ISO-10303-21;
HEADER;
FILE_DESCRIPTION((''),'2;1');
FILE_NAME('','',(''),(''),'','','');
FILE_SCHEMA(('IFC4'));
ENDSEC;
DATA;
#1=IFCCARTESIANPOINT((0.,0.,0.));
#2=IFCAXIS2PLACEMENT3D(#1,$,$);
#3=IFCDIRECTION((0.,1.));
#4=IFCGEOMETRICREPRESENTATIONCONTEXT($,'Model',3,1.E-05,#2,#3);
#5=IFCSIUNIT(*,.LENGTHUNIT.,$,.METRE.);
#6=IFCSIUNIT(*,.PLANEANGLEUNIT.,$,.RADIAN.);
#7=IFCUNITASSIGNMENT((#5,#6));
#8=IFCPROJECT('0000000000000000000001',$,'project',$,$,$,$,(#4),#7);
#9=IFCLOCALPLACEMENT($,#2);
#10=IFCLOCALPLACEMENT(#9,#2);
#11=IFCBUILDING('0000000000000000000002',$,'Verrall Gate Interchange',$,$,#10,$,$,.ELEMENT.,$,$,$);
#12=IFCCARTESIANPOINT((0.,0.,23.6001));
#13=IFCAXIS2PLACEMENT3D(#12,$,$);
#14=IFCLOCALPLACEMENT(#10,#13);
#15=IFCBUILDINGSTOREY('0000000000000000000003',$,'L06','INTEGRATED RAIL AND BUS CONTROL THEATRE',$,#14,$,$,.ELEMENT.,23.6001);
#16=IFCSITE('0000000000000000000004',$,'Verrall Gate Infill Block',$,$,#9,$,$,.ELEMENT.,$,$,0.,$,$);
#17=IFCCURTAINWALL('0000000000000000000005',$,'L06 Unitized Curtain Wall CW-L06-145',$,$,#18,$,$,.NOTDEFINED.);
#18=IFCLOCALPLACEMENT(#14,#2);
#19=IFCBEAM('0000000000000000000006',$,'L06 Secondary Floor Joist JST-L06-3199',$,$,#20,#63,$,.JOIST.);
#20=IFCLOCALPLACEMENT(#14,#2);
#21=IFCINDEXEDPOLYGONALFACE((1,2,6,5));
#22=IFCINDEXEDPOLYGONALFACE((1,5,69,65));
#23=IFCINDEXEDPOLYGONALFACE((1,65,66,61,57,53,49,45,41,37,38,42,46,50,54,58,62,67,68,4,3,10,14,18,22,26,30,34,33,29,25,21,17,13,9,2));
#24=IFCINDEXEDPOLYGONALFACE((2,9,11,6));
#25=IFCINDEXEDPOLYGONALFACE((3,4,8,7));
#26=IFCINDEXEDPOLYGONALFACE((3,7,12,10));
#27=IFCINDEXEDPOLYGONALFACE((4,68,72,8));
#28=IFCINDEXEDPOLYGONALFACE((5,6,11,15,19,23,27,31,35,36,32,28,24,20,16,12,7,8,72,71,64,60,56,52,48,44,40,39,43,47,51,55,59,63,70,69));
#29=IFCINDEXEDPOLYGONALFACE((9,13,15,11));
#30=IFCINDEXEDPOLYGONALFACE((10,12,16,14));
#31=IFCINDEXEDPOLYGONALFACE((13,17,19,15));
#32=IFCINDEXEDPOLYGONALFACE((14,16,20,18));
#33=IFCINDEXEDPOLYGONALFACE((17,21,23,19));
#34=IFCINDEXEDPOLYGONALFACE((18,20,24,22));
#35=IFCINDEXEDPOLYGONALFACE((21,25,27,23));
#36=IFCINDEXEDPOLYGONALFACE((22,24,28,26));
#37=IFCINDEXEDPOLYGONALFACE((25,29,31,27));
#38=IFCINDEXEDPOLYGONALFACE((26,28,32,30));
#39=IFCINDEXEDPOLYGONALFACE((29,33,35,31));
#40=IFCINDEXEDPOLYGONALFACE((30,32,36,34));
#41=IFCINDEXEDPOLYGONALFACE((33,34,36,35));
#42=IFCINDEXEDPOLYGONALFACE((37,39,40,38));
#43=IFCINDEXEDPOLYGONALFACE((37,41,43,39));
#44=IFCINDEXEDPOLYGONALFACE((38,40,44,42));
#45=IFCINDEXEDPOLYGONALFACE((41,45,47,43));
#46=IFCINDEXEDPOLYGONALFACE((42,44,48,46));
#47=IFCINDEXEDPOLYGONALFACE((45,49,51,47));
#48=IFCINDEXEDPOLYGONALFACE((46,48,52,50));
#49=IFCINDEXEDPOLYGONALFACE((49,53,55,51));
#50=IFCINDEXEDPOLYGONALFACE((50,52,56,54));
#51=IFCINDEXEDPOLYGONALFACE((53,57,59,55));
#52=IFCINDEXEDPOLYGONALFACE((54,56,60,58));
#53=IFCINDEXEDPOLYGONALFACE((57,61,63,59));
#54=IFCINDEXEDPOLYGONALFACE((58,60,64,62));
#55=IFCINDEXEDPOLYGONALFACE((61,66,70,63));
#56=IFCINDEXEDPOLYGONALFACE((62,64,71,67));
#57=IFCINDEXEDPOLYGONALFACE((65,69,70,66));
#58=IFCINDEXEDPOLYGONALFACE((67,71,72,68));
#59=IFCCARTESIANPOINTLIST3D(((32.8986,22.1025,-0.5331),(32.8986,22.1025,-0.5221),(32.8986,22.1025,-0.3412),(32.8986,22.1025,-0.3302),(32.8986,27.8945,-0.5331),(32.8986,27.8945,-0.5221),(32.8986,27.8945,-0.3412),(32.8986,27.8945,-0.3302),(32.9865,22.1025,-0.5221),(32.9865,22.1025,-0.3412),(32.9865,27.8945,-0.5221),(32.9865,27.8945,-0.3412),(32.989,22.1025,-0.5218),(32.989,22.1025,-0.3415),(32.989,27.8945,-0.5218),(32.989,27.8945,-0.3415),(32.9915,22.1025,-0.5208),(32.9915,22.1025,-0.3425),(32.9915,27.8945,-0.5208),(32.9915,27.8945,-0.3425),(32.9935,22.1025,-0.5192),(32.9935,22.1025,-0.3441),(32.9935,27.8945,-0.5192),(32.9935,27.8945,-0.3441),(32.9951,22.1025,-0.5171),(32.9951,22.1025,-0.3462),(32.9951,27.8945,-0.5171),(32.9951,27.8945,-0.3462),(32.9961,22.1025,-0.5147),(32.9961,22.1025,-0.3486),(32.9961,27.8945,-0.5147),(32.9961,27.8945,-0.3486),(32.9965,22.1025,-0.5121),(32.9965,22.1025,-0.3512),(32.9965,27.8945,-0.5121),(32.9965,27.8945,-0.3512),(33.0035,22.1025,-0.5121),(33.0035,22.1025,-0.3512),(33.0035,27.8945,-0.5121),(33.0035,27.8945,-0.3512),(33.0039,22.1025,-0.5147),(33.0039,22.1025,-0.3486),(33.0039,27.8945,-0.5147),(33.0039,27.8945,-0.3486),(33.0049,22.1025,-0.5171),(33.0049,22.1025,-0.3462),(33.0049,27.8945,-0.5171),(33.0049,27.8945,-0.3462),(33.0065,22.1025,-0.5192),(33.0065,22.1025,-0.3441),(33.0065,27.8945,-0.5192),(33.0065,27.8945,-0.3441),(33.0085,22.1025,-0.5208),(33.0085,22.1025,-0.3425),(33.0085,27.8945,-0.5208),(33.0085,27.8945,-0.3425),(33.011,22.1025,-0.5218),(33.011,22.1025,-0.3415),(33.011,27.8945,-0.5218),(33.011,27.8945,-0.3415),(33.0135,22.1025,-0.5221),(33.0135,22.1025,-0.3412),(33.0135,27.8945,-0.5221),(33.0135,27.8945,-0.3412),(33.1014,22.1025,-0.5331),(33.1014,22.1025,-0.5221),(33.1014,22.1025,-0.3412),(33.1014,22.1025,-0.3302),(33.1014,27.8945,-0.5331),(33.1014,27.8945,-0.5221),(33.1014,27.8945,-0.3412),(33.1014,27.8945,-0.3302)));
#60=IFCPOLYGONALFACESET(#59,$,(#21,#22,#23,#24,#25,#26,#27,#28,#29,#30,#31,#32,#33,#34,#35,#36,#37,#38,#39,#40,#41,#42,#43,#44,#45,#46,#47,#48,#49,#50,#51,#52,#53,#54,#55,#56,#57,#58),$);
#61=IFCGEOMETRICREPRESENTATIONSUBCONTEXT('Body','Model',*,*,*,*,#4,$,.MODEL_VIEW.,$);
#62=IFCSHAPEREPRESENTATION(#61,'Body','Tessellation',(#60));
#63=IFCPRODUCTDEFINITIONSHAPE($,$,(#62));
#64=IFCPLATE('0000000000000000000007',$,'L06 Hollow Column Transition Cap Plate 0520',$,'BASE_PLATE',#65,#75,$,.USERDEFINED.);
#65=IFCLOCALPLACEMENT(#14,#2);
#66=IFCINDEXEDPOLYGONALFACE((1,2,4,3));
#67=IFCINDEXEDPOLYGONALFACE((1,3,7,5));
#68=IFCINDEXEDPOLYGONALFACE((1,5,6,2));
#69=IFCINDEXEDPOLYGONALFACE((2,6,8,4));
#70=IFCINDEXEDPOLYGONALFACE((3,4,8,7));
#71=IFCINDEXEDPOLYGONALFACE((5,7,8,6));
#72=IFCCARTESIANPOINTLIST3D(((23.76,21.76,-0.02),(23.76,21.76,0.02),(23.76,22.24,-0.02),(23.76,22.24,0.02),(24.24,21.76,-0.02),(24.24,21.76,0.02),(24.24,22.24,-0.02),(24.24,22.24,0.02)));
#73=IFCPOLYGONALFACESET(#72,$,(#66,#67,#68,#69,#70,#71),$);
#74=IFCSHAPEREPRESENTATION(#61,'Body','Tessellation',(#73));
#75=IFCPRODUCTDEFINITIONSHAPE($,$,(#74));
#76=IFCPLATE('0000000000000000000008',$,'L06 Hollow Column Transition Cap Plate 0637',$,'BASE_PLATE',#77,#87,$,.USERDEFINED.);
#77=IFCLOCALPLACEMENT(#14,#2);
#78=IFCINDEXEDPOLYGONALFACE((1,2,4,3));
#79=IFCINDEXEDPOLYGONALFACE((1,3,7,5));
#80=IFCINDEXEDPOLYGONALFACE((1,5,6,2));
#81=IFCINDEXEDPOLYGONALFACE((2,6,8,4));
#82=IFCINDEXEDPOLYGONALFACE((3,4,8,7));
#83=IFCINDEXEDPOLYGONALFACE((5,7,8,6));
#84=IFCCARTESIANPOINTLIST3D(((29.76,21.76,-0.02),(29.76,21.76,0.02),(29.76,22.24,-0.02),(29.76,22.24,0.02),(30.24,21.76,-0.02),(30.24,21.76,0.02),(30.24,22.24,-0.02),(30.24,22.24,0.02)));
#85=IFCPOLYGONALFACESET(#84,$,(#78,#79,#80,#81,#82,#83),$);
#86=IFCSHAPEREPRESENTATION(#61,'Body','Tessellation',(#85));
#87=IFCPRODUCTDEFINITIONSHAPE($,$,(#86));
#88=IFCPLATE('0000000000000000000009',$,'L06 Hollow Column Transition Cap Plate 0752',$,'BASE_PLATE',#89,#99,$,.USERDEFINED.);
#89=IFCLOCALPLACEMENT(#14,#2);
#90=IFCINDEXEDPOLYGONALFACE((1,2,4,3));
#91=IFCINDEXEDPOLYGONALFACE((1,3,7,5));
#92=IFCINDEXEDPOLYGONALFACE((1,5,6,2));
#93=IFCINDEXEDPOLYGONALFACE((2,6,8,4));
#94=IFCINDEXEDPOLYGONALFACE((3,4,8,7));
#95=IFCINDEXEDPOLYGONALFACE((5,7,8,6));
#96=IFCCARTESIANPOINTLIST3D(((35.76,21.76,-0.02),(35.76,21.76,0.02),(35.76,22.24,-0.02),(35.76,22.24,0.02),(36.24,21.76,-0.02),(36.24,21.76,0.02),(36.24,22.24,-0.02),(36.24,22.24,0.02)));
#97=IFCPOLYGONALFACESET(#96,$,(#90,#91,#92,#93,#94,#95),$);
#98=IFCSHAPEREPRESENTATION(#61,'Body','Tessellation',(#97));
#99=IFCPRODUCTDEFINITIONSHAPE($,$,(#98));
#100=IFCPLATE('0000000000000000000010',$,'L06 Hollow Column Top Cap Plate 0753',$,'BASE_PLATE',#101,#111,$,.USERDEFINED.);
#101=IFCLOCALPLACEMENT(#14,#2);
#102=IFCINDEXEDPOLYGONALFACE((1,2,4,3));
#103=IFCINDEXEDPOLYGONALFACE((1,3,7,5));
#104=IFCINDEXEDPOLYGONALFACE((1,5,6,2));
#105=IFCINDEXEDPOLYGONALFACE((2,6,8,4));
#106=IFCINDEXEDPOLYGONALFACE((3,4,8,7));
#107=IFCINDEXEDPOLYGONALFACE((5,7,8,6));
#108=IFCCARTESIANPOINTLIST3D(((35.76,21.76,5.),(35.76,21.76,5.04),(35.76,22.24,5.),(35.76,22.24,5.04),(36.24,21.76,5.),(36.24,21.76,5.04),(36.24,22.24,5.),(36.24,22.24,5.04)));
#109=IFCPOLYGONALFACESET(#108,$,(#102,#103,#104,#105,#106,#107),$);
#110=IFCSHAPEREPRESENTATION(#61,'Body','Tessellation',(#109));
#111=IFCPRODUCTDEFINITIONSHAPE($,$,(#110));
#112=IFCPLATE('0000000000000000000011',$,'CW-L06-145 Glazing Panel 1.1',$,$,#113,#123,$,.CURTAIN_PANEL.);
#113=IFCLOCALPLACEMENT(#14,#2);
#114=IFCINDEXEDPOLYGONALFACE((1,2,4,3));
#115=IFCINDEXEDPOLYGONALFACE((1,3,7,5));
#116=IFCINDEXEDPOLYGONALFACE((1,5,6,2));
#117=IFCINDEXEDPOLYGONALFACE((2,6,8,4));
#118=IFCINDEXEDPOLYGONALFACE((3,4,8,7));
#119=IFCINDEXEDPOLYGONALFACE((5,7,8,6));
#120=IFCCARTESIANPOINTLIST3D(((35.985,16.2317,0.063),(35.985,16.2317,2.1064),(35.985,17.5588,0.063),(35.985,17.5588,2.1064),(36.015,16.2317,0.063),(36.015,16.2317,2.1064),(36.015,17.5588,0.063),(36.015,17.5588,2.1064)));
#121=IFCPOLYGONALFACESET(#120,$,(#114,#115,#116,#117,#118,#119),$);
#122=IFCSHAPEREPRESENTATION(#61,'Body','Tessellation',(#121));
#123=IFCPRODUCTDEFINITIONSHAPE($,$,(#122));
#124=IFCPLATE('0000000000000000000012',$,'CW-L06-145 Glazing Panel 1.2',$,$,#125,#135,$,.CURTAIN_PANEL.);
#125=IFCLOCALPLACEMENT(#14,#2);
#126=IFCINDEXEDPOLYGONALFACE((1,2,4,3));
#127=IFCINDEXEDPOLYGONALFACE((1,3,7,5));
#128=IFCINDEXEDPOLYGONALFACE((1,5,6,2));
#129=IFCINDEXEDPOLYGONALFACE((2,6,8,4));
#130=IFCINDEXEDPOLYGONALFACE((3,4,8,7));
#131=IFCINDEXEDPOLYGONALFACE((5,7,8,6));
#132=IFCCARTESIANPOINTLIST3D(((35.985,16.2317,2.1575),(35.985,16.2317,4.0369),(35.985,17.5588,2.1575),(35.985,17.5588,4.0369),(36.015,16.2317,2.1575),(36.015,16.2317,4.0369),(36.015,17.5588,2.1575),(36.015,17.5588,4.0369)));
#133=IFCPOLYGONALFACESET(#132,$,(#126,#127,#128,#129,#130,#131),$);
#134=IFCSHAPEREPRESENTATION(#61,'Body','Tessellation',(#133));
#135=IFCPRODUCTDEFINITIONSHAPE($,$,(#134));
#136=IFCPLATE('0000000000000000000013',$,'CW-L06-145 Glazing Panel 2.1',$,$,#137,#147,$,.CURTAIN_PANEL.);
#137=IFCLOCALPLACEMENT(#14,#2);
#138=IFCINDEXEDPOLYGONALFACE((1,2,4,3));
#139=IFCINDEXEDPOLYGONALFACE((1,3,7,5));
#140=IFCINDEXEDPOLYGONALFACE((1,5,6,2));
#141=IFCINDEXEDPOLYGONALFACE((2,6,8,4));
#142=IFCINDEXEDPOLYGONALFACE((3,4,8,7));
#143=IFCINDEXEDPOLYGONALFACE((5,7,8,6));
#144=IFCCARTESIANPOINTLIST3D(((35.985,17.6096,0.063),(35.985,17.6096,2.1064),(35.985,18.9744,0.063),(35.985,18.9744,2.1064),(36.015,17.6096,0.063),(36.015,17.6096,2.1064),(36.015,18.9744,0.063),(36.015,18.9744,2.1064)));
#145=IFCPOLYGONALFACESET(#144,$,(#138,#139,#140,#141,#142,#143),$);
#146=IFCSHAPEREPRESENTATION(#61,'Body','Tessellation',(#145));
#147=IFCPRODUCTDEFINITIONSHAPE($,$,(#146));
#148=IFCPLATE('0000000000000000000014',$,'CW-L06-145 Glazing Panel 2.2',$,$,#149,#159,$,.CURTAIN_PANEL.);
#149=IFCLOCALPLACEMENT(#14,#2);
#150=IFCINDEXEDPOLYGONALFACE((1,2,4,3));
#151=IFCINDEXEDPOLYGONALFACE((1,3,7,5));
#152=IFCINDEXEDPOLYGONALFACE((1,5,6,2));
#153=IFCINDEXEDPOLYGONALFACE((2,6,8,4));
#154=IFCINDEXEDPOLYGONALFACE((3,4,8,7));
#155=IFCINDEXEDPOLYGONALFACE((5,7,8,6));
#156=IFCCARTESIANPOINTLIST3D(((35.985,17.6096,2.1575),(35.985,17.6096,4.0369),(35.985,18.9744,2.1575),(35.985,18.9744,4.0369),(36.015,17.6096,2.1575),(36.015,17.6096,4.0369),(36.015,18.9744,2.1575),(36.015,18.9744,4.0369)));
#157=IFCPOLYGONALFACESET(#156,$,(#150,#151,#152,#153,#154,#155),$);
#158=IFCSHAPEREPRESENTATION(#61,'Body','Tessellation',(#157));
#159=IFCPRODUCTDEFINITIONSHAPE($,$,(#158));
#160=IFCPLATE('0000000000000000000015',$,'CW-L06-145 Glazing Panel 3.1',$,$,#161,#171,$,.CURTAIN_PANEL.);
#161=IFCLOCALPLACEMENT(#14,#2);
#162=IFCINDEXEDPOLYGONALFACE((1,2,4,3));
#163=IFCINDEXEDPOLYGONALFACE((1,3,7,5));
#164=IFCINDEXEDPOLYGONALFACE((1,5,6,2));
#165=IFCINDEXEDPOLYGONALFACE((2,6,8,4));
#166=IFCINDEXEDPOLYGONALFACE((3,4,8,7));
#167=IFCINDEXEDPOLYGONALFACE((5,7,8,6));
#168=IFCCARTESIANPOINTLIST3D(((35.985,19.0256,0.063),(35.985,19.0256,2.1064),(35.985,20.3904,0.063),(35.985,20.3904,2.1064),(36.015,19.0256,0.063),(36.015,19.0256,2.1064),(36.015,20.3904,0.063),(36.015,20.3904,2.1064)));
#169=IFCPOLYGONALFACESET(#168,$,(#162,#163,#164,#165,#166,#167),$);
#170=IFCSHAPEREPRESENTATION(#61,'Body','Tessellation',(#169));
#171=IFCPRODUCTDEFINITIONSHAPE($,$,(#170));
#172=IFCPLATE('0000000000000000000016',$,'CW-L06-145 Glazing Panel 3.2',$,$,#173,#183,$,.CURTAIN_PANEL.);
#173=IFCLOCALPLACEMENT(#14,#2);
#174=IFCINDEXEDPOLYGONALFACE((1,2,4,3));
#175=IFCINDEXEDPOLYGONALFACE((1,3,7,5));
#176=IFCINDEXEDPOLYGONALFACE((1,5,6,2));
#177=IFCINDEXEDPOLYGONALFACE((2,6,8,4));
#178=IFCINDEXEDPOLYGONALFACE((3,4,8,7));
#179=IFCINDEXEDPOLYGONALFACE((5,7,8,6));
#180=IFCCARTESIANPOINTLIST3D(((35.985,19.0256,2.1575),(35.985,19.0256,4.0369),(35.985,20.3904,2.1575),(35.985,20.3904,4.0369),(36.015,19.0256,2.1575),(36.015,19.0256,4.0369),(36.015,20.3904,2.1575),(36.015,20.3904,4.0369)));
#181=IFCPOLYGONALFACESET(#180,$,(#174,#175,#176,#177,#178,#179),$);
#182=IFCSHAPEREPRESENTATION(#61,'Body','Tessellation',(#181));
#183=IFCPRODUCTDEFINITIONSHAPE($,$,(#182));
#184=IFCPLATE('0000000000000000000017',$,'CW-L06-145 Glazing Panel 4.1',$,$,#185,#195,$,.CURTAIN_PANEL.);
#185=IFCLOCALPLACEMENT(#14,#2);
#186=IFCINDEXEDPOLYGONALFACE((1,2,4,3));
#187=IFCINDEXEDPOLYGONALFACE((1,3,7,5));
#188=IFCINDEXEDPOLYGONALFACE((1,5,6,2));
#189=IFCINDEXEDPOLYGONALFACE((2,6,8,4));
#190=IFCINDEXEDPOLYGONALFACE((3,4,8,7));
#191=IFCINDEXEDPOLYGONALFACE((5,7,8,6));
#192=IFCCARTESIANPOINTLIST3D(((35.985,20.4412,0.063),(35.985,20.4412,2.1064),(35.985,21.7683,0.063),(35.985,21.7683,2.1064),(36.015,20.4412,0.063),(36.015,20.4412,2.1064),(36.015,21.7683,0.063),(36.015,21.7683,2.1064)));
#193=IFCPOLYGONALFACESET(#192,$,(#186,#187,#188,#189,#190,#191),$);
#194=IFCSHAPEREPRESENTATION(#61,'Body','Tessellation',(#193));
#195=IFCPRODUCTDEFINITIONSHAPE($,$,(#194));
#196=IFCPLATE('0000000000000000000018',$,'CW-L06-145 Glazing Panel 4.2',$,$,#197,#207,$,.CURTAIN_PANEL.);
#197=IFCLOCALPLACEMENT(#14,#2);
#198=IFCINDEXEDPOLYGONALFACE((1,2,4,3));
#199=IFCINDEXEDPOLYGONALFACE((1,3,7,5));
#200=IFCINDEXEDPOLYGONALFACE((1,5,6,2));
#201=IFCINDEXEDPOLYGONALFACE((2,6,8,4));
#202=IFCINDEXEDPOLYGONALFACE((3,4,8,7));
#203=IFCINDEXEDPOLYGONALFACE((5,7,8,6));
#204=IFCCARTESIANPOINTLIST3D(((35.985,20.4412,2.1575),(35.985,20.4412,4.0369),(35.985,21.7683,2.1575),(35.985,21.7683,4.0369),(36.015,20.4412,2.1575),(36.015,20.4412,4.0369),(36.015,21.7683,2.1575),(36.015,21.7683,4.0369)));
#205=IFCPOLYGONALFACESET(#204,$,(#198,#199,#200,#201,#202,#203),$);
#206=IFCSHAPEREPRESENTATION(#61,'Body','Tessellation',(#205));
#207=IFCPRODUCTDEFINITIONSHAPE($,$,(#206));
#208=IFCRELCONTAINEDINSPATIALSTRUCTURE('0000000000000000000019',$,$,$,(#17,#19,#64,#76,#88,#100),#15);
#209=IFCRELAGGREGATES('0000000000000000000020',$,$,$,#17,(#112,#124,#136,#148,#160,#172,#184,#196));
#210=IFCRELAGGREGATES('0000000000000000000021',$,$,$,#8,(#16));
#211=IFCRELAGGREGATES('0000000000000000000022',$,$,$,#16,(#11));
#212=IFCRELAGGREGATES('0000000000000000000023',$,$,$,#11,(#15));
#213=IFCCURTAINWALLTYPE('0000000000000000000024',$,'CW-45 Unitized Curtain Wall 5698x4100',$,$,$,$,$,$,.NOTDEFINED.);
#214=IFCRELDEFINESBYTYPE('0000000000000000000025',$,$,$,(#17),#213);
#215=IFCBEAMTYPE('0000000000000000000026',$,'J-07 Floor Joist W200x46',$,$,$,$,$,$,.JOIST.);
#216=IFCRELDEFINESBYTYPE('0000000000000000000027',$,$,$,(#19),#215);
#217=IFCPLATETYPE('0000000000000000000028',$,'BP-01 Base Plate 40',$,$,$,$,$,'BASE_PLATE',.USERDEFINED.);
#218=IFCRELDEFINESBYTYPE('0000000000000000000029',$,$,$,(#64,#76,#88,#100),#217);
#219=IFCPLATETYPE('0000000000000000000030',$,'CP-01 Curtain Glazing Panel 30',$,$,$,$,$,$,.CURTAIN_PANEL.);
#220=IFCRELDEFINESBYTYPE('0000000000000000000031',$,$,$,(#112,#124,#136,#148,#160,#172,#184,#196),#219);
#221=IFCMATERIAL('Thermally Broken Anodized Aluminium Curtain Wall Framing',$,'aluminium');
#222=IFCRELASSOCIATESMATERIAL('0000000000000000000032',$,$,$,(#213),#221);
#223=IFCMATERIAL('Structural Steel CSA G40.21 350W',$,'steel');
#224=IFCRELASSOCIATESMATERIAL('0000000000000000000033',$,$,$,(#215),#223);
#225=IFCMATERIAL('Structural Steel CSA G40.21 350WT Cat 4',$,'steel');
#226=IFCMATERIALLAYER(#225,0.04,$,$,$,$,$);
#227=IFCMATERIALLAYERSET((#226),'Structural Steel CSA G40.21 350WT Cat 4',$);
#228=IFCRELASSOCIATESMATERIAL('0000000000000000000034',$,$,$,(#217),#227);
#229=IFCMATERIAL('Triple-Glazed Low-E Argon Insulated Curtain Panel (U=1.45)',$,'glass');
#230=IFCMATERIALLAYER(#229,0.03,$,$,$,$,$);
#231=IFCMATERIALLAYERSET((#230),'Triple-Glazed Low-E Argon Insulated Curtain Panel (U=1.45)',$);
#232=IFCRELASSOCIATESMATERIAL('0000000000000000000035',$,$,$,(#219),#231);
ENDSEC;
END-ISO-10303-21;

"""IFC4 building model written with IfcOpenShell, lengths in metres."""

from ifc_helpers import new_model, si_unit, direction, frame, origin, origin_2d, place, context, subcontext, project, spatial, rectangle, i_section, extrude, material, layer, layer_set, material_profile, profile_set, type_object, element, aggregate, save


model = new_model("IFC4")

# Units and contexts
model_context = context("Model", 3, precision=1e-05, world=origin(), true_north=direction((0.0, 1.0)))
body_context = subcontext(model_context, "Body", "Model", "MODEL_VIEW")
ifc_project = project(units=[si_unit("LENGTHUNIT", "METRE"), si_unit("PLANEANGLEUNIT", "RADIAN")], contexts=[model_context])

# Site, building, storey
site_placement = place(None, origin())
site = spatial("IfcSite", under=ifc_project, at=site_placement, Name="Verrall Gate Infill Block", CompositionType="ELEMENT", RefElevation=0.0)
building_placement = place(site_placement, origin())
building = spatial("IfcBuilding", under=site, at=building_placement, Name="Verrall Gate Interchange", CompositionType="ELEMENT")
storey_placement = place(building_placement, frame((0.0, 0.0, 23.6001)))
storey = spatial("IfcBuildingStorey", under=building, at=storey_placement, Name="L06", Description="INTEGRATED RAIL AND BUS CONTROL THEATRE", CompositionType="ELEMENT", Elevation=23.6001)

# Curtain wall
ifc_material_1 = material(Name="Thermally Broken Anodized Aluminium Curtain Wall Framing", Category="aluminium")
curtain_wall_type = type_object("IfcCurtainWallType", Name="CW-45 Unitized Curtain Wall 5698x4100", PredefinedType="NOTDEFINED", material=ifc_material_1)
curtain_wall_1_placement = place(storey_placement, origin())
curtain_wall_1 = element("IfcCurtainWall", 1, at=curtain_wall_1_placement, inside=storey, type_object=curtain_wall_type, Name="L06 Unitized Curtain Wall CW-L06-145", PredefinedType="NOTDEFINED")

# Beam
ifc_material_2 = material(Name="Structural Steel CSA G40.21 350W", Category="steel")
ifc_material_profile_1 = material_profile(ifc_material_2, i_section(OverallWidth=0.2029, OverallDepth=0.2029, WebThickness=0.0071, FlangeThickness=0.011, FilletRadius=0.01, at=origin_2d()), Name="W200x46")
ifc_profile_set_1 = profile_set([ifc_material_profile_1], Name="Structural Steel CSA G40.21 350W")
beam_type_1 = type_object("IfcBeamType", Name="J-07 Floor Joist W200x46", PredefinedType="JOIST", material=ifc_profile_set_1)
beam_1_placement = place(storey_placement, frame((33.0, 22.1025, -0.4316), z_axis=(0.0, 1.0, 0.0), x_axis=(-1.0, 0.0, 0.0)))
element("IfcBeam", 2, at=beam_1_placement, inside=storey, type_object=beam_type_1, Name="L06 Secondary Floor Joist JST-L06-3199", PredefinedType="JOIST", context=body_context, shape_type="SweptSolid", body=[
    extrude(i_section(OverallWidth=0.2029, OverallDepth=0.2029, WebThickness=0.0071, FlangeThickness=0.011, FilletRadius=0.01, at=origin_2d()), origin(), (0.0, 0.0, 1.0), 5.792),
])

# Plates
ifc_material_3 = material(Name="Structural Steel CSA G40.21 350WT Cat 4", Category="steel")
ifc_layer_1 = layer(ifc_material_3, 0.04)
ifc_layer_set_1 = layer_set([ifc_layer_1], Name="Structural Steel CSA G40.21 350WT Cat 4")
plate_type_1 = type_object("IfcPlateType", Name="BP-01 Base Plate 40", ElementType="BASE_PLATE", PredefinedType="USERDEFINED", material=ifc_layer_set_1)
for number, where, z_axis, x_axis, name in (
    (3, (24.0, 22.0, -0.02), (0.0, 0.0, 1.0), (1.0, 0.0, 0.0), "L06 Hollow Column Transition Cap Plate 0520"),
    (4, (30.0, 22.0, -0.02), (0.0, 0.0, 1.0), (1.0, 0.0, 0.0), "L06 Hollow Column Transition Cap Plate 0637"),
    (5, (36.0, 22.0, -0.02), (0.0, 0.0, 1.0), (1.0, 0.0, 0.0), "L06 Hollow Column Transition Cap Plate 0752"),
    (6, (36.0, 22.0, 5.0), (0.0, 0.0, 1.0), (1.0, 0.0, 0.0), "L06 Hollow Column Top Cap Plate 0753"),
):
    element("IfcPlate", number, at=place(storey_placement, frame(where, z_axis=z_axis, x_axis=x_axis)), inside=storey, type_object=plate_type_1, Name=name, ObjectType="BASE_PLATE", PredefinedType="USERDEFINED", context=body_context, shape_type="SweptSolid", body=[
        extrude(rectangle(XDim=0.48, YDim=0.48, at=origin_2d()), origin(), (0.0, 0.0, 1.0), 0.04),
    ])

# Plates
ifc_material_4 = material(Name="Triple-Glazed Low-E Argon Insulated Curtain Panel (U=1.45)", Category="glass")
ifc_layer_2 = layer(ifc_material_4, 0.03)
ifc_layer_set_2 = layer_set([ifc_layer_2], Name="Triple-Glazed Low-E Argon Insulated Curtain Panel (U=1.45)")
plate_type_2 = type_object("IfcPlateType", Name="CP-01 Curtain Glazing Panel 30", PredefinedType="CURTAIN_PANEL", material=ifc_layer_set_2)
plate_1_placement = place(storey_placement, frame((36.0, 16.8953, 0.063), z_axis=(0.0, 0.0, 1.0), x_axis=(0.0, 1.0, 0.0)))
plate_1 = element("IfcPlate", 7, at=plate_1_placement, type_object=plate_type_2, Name="CW-L06-145 Glazing Panel 1.1", PredefinedType="CURTAIN_PANEL", context=body_context, shape_type="SweptSolid", body=[
    extrude(rectangle(XDim=1.3271, YDim=0.03, at=origin_2d()), origin(), (0.0, 0.0, 1.0), 2.0435),
])
plate_2_placement = place(storey_placement, frame((36.0, 16.8953, 2.1575), z_axis=(0.0, 0.0, 1.0), x_axis=(0.0, 1.0, 0.0)))
plate_2 = element("IfcPlate", 8, at=plate_2_placement, type_object=plate_type_2, Name="CW-L06-145 Glazing Panel 1.2", PredefinedType="CURTAIN_PANEL", context=body_context, shape_type="SweptSolid", body=[
    extrude(rectangle(XDim=1.3271, YDim=0.03, at=origin_2d()), origin(), (0.0, 0.0, 1.0), 1.8794),
])
plate_3_placement = place(storey_placement, frame((36.0, 18.292, 0.063), z_axis=(0.0, 0.0, 1.0), x_axis=(0.0, 1.0, 0.0)))
plate_3 = element("IfcPlate", 9, at=plate_3_placement, type_object=plate_type_2, Name="CW-L06-145 Glazing Panel 2.1", PredefinedType="CURTAIN_PANEL", context=body_context, shape_type="SweptSolid", body=[
    extrude(rectangle(XDim=1.3647, YDim=0.03, at=origin_2d()), origin(), (0.0, 0.0, 1.0), 2.0435),
])
plate_4_placement = place(storey_placement, frame((36.0, 18.292, 2.1575), z_axis=(0.0, 0.0, 1.0), x_axis=(0.0, 1.0, 0.0)))
plate_4 = element("IfcPlate", 10, at=plate_4_placement, type_object=plate_type_2, Name="CW-L06-145 Glazing Panel 2.2", PredefinedType="CURTAIN_PANEL", context=body_context, shape_type="SweptSolid", body=[
    extrude(rectangle(XDim=1.3647, YDim=0.03, at=origin_2d()), origin(), (0.0, 0.0, 1.0), 1.8794),
])
plate_5_placement = place(storey_placement, frame((36.0, 19.708, 0.063), z_axis=(0.0, 0.0, 1.0), x_axis=(0.0, 1.0, 0.0)))
plate_5 = element("IfcPlate", 11, at=plate_5_placement, type_object=plate_type_2, Name="CW-L06-145 Glazing Panel 3.1", PredefinedType="CURTAIN_PANEL", context=body_context, shape_type="SweptSolid", body=[
    extrude(rectangle(XDim=1.3647, YDim=0.03, at=origin_2d()), origin(), (0.0, 0.0, 1.0), 2.0435),
])
plate_6_placement = place(storey_placement, frame((36.0, 19.708, 2.1575), z_axis=(0.0, 0.0, 1.0), x_axis=(0.0, 1.0, 0.0)))
plate_6 = element("IfcPlate", 12, at=plate_6_placement, type_object=plate_type_2, Name="CW-L06-145 Glazing Panel 3.2", PredefinedType="CURTAIN_PANEL", context=body_context, shape_type="SweptSolid", body=[
    extrude(rectangle(XDim=1.3647, YDim=0.03, at=origin_2d()), origin(), (0.0, 0.0, 1.0), 1.8794),
])
plate_7_placement = place(storey_placement, frame((36.0, 21.1047, 0.063), z_axis=(0.0, 0.0, 1.0), x_axis=(0.0, 1.0, 0.0)))
plate_7 = element("IfcPlate", 13, at=plate_7_placement, type_object=plate_type_2, Name="CW-L06-145 Glazing Panel 4.1", PredefinedType="CURTAIN_PANEL", context=body_context, shape_type="SweptSolid", body=[
    extrude(rectangle(XDim=1.3271, YDim=0.03, at=origin_2d()), origin(), (0.0, 0.0, 1.0), 2.0435),
])
plate_8_placement = place(storey_placement, frame((36.0, 21.1047, 2.1575), z_axis=(0.0, 0.0, 1.0), x_axis=(0.0, 1.0, 0.0)))
plate_8 = element("IfcPlate", 14, at=plate_8_placement, type_object=plate_type_2, Name="CW-L06-145 Glazing Panel 4.2", PredefinedType="CURTAIN_PANEL", context=body_context, shape_type="SweptSolid", body=[
    extrude(rectangle(XDim=1.3271, YDim=0.03, at=origin_2d()), origin(), (0.0, 0.0, 1.0), 1.8794),
])
aggregate(curtain_wall_1, [plate_1, plate_2, plate_3, plate_4, plate_5, plate_6, plate_7, plate_8])

save(model, "model.ifc")
